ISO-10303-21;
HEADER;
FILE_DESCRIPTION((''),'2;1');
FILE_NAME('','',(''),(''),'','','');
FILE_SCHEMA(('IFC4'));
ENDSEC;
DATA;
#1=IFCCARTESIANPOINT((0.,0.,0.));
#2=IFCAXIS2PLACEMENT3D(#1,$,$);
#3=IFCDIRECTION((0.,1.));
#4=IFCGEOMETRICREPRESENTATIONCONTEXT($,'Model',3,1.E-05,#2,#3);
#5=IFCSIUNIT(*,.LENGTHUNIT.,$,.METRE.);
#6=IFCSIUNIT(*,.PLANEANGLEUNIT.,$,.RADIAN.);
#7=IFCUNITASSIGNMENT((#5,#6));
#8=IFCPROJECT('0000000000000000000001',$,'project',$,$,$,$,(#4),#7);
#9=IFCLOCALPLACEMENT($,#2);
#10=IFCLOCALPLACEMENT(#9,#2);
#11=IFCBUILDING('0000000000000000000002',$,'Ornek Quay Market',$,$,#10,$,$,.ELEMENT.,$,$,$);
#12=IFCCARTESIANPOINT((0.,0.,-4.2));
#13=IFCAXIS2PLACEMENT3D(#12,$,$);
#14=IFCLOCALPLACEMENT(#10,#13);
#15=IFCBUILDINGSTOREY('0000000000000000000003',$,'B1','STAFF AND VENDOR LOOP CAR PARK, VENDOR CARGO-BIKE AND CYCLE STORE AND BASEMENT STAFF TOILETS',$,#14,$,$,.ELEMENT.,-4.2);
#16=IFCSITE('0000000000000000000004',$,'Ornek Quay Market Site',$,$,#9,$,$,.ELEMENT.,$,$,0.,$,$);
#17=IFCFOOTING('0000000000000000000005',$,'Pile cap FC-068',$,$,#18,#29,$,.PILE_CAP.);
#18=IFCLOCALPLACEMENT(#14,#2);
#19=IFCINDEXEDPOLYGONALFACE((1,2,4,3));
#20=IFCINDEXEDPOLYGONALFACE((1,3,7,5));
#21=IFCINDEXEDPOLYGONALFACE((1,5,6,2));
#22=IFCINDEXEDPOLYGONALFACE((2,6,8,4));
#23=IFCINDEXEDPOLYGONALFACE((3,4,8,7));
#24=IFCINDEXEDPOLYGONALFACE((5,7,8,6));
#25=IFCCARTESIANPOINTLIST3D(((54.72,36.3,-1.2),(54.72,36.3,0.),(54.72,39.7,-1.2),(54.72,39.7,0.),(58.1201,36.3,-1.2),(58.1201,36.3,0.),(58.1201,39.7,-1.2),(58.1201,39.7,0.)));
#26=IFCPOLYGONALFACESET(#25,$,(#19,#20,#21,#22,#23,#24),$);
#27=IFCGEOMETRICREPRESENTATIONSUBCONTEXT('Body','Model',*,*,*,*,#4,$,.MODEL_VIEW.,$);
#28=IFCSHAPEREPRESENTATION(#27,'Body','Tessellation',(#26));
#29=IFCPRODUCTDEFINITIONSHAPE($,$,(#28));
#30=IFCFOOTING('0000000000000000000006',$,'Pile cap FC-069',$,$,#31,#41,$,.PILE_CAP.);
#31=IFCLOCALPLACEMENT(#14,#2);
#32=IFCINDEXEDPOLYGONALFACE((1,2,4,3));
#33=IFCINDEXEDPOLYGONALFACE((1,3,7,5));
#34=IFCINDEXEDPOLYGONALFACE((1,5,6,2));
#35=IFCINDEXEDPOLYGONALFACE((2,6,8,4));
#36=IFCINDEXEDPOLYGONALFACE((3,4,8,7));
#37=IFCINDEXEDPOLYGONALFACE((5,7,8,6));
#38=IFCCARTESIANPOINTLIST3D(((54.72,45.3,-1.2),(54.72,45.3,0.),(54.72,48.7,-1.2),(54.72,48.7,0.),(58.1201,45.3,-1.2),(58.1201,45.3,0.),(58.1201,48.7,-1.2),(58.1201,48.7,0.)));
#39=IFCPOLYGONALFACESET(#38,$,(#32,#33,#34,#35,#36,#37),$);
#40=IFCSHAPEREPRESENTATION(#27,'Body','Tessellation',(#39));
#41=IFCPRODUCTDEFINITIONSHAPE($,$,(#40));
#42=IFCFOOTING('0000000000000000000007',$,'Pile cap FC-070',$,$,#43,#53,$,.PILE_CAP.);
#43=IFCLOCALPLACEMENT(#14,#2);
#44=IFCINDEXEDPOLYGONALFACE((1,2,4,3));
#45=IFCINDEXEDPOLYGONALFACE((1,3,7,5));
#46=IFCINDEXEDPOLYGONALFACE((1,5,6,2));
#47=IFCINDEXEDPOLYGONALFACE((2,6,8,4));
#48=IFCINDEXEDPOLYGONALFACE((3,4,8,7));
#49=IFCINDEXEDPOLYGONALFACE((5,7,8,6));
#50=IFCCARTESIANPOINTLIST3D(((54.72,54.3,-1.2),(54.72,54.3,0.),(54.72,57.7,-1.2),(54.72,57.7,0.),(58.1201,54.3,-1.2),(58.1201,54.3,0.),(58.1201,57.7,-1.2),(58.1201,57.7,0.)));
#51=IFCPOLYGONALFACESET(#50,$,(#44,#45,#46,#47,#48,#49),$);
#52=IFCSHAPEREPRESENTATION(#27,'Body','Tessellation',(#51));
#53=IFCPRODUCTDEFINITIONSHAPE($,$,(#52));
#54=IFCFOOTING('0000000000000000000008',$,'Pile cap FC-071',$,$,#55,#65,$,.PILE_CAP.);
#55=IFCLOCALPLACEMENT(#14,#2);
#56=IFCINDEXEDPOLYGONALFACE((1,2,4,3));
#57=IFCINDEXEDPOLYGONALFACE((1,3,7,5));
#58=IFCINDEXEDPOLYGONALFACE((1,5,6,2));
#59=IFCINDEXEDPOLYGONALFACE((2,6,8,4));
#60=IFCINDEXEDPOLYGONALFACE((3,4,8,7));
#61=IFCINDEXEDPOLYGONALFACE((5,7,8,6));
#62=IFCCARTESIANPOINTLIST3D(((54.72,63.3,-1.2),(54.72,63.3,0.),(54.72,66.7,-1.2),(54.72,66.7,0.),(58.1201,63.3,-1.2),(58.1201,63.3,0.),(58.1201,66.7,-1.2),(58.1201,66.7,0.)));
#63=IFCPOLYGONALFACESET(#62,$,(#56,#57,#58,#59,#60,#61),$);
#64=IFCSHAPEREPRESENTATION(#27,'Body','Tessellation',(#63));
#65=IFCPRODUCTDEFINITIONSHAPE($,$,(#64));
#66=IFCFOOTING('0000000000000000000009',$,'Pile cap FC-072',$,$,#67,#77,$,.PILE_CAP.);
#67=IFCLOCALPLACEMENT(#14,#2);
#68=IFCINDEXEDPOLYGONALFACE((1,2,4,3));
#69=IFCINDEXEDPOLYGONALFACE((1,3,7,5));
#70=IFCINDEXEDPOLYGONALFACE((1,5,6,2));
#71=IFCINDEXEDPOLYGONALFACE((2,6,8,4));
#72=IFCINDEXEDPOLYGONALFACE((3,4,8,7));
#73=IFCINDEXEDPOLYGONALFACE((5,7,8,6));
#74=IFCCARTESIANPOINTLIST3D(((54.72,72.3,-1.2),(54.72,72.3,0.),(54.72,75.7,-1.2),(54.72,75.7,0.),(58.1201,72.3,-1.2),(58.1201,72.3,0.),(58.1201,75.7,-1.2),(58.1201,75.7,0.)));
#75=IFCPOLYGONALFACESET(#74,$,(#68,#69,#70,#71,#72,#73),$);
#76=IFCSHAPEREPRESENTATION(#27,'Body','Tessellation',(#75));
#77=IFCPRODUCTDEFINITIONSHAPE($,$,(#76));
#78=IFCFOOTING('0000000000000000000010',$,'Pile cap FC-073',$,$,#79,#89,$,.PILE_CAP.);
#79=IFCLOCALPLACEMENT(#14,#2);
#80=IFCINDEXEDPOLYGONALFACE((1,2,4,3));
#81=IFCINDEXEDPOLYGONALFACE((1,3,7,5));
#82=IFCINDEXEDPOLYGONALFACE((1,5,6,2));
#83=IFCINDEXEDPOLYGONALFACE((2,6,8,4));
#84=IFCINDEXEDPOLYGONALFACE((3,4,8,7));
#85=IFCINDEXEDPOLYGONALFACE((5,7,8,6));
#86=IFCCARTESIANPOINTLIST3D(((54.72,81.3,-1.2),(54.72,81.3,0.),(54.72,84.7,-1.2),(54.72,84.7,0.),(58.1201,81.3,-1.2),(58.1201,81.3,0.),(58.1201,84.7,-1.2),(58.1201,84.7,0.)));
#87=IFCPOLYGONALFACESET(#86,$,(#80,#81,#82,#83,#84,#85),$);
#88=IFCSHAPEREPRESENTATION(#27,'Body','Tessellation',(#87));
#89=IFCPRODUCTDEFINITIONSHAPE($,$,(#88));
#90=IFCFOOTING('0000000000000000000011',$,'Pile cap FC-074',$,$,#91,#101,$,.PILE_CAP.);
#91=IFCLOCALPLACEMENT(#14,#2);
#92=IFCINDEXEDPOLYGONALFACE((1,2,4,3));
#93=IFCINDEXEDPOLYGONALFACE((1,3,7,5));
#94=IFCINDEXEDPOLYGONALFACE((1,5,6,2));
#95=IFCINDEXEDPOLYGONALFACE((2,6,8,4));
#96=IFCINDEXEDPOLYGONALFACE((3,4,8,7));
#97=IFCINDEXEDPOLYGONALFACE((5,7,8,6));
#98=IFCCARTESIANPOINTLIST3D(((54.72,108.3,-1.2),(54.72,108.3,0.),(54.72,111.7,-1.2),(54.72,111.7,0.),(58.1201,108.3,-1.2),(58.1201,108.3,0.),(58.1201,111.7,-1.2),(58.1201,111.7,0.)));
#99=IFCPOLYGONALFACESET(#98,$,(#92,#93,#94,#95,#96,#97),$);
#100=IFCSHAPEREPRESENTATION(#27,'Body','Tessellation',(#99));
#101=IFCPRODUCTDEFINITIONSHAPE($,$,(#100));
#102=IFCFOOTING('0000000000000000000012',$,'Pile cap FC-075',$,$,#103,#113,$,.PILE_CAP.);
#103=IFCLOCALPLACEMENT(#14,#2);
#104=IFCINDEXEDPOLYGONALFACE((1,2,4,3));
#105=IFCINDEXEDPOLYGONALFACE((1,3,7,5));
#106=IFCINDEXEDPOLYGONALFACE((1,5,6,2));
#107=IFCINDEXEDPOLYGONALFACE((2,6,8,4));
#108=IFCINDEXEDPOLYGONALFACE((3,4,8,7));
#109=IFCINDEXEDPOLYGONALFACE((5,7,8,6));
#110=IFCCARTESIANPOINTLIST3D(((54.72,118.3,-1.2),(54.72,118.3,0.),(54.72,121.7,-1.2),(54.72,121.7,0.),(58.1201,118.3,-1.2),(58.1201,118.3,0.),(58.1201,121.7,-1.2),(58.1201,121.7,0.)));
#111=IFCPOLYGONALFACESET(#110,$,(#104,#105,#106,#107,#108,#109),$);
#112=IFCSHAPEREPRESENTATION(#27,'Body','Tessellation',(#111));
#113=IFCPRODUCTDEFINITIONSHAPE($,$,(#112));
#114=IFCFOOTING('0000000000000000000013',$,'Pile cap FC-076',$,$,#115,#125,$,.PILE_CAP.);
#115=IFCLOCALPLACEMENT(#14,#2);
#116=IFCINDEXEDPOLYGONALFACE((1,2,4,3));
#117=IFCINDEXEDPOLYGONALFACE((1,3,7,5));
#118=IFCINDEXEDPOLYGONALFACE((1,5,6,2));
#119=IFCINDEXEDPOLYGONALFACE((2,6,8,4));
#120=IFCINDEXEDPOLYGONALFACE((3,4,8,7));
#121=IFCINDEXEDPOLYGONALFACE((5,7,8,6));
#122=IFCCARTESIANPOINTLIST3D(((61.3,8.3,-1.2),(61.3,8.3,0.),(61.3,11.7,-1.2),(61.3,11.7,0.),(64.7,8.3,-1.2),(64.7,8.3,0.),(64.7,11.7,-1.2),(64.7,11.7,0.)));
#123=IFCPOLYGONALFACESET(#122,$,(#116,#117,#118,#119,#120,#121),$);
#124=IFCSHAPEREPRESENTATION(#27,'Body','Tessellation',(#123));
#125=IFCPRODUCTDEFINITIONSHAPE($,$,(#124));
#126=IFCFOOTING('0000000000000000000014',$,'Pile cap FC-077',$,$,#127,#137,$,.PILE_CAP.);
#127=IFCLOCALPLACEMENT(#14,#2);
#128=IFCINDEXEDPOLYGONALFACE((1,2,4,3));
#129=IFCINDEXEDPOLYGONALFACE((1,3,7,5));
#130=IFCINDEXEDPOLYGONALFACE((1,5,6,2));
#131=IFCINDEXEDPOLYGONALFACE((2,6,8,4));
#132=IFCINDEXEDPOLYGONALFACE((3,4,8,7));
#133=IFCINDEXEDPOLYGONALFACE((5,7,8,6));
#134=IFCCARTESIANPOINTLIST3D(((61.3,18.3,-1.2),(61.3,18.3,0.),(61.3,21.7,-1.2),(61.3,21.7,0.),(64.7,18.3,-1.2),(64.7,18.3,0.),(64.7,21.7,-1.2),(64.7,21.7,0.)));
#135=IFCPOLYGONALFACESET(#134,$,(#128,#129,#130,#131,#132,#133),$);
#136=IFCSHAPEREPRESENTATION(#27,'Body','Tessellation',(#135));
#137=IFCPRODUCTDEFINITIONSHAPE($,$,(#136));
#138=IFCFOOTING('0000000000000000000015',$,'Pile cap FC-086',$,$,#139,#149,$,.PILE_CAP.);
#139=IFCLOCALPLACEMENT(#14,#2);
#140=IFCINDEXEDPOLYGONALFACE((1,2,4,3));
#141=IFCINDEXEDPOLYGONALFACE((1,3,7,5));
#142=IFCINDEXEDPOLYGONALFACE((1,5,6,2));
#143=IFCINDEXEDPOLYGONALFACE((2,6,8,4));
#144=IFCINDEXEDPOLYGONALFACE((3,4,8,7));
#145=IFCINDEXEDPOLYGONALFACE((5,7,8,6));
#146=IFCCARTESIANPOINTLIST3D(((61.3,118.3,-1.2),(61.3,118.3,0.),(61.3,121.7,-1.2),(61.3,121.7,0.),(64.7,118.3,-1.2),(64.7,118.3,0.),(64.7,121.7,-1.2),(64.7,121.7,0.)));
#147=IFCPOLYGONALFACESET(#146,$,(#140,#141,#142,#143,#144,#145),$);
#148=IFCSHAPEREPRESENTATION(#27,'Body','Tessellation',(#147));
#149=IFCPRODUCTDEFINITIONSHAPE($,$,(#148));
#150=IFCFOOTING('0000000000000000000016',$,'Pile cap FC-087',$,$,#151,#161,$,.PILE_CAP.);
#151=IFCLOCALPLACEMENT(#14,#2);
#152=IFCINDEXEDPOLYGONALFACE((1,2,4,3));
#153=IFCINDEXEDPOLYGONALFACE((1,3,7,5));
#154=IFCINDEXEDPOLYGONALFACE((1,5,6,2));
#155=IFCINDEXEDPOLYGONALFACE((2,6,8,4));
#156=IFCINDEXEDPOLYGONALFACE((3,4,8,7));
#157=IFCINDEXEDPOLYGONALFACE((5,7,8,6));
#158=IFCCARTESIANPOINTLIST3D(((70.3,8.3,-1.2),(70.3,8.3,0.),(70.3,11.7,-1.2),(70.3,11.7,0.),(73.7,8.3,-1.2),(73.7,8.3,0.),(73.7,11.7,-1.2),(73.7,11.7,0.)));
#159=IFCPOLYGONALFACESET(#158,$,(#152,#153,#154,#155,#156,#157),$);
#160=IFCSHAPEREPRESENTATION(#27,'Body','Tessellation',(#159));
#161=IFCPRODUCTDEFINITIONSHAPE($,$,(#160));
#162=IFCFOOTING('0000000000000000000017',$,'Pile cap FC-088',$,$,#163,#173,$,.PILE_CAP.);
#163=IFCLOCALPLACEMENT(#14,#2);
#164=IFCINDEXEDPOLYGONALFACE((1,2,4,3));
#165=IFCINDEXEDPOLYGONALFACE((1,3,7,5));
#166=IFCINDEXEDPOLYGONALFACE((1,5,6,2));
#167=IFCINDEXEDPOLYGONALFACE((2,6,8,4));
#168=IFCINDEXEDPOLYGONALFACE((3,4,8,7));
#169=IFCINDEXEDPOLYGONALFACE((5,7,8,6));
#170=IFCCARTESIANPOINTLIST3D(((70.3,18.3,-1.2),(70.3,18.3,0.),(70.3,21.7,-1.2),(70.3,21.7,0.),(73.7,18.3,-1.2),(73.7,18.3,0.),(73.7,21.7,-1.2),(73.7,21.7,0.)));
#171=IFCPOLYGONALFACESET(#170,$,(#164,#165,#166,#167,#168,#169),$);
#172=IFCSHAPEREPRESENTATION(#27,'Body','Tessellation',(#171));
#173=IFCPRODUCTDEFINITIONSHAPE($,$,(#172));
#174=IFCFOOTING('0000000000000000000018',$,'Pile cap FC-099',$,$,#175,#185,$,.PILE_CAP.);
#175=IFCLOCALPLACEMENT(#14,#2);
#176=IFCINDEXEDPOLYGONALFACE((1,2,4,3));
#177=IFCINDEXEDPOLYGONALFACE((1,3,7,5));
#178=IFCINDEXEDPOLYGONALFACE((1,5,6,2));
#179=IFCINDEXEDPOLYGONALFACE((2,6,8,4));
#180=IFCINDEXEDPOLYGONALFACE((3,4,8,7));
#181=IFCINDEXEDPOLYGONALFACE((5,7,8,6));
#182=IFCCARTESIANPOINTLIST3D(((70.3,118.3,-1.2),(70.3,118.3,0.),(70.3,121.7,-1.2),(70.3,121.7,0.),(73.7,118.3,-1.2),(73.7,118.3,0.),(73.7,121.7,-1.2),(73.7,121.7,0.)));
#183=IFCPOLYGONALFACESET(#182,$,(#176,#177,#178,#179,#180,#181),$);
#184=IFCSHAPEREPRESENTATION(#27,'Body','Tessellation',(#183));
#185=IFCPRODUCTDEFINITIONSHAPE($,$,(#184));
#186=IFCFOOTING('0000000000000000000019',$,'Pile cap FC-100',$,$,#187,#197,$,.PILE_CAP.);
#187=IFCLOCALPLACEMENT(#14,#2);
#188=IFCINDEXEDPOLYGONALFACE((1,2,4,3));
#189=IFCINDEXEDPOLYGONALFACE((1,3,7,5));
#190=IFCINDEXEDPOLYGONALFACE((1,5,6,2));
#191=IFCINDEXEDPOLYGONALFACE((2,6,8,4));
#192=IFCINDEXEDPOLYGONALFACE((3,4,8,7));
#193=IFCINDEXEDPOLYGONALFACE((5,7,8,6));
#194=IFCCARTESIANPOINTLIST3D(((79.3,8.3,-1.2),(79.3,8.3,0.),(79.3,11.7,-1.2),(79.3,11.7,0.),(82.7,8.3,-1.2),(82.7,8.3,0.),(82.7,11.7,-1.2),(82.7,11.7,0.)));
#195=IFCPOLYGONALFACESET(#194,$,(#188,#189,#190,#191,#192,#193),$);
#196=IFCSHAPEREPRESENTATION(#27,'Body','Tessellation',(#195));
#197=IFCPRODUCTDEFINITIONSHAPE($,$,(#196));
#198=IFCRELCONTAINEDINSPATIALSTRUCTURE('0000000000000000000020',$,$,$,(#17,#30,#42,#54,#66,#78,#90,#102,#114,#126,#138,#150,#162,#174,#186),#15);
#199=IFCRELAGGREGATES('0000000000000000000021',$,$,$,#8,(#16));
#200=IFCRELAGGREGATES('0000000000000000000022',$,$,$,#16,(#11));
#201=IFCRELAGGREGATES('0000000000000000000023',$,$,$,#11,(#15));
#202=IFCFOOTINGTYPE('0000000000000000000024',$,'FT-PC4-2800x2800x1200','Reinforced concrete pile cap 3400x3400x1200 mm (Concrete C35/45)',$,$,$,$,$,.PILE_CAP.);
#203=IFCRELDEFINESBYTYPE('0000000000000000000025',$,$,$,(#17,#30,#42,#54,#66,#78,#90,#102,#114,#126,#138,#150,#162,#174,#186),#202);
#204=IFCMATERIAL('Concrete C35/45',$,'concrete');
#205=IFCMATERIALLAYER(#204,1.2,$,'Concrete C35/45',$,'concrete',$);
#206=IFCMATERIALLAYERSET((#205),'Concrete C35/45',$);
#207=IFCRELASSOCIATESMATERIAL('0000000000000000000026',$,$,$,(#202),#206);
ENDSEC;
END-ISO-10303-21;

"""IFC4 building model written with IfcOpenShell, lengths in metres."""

from ifc_helpers import new_model, si_unit, direction, frame, origin, place, context, subcontext, project, spatial, polyline, outline, extrude, material, layer, layer_set, type_object, element, save


model = new_model("IFC4")

# Units and contexts
model_context = context("Model", 3, precision=1e-05, world=origin(), true_north=direction((0.0, 1.0)))
body_context = subcontext(model_context, "Body", "Model", "MODEL_VIEW")
ifc_project = project(units=[si_unit("LENGTHUNIT", "METRE"), si_unit("PLANEANGLEUNIT", "RADIAN")], contexts=[model_context])

# Site, building, storey
site_placement = place(None, origin())
site = spatial("IfcSite", under=ifc_project, at=site_placement, Name="Ornek Quay Market Site", CompositionType="ELEMENT", RefElevation=0.0)
building_placement = place(site_placement, origin())
building = spatial("IfcBuilding", under=site, at=building_placement, Name="Ornek Quay Market", CompositionType="ELEMENT")
storey_placement = place(building_placement, frame((0.0, 0.0, -4.2)))
storey = spatial("IfcBuildingStorey", under=building, at=storey_placement, Name="B1", Description="STAFF AND VENDOR LOOP CAR PARK, VENDOR CARGO-BIKE AND CYCLE STORE AND BASEMENT STAFF TOILETS", CompositionType="ELEMENT", Elevation=-4.2)

# Footings
ifc_material = material(Name="Concrete C35/45", Category="concrete")
ifc_layer = layer(ifc_material, 1.2, Name="Concrete C35/45", Category="concrete")
ifc_layer_set = layer_set([ifc_layer], Name="Concrete C35/45")
footing_type = type_object("IfcFootingType", Name="FT-PC4-2800x2800x1200", Description="Reinforced concrete pile cap 3400x3400x1200 mm (Concrete C35/45)", PredefinedType="PILE_CAP", material=ifc_layer_set)
footing_1_placement = place(storey_placement, frame((0.0, 0.0, -1.2)))
element("IfcFooting", 1, at=footing_1_placement, inside=storey, type_object=footing_type, Name="Pile cap FC-068", PredefinedType="PILE_CAP", context=body_context, shape_type="SweptSolid", body=[
    extrude(outline(polyline([(54.72, 36.3), (58.1201, 36.3), (58.1201, 39.7), (54.72, 39.7), (54.72, 36.3)])), origin(), (0.0, 0.0, 1.0), 1.2),
])
footing_2_placement = place(storey_placement, frame((0.0, 0.0, -1.2)))
element("IfcFooting", 2, at=footing_2_placement, inside=storey, type_object=footing_type, Name="Pile cap FC-069", PredefinedType="PILE_CAP", context=body_context, shape_type="SweptSolid", body=[
    extrude(outline(polyline([(54.72, 45.3), (58.1201, 45.3), (58.1201, 48.7), (54.72, 48.7), (54.72, 45.3)])), origin(), (0.0, 0.0, 1.0), 1.2),
])
footing_3_placement = place(storey_placement, frame((0.0, 0.0, -1.2)))
element("IfcFooting", 3, at=footing_3_placement, inside=storey, type_object=footing_type, Name="Pile cap FC-070", PredefinedType="PILE_CAP", context=body_context, shape_type="SweptSolid", body=[
    extrude(outline(polyline([(54.72, 54.3), (58.1201, 54.3), (58.1201, 57.7), (54.72, 57.7), (54.72, 54.3)])), origin(), (0.0, 0.0, 1.0), 1.2),
])
footing_4_placement = place(storey_placement, frame((0.0, 0.0, -1.2)))
element("IfcFooting", 4, at=footing_4_placement, inside=storey, type_object=footing_type, Name="Pile cap FC-071", PredefinedType="PILE_CAP", context=body_context, shape_type="SweptSolid", body=[
    extrude(outline(polyline([(54.72, 63.3), (58.1201, 63.3), (58.1201, 66.7), (54.72, 66.7), (54.72, 63.3)])), origin(), (0.0, 0.0, 1.0), 1.2),
])
footing_5_placement = place(storey_placement, frame((0.0, 0.0, -1.2)))
element("IfcFooting", 5, at=footing_5_placement, inside=storey, type_object=footing_type, Name="Pile cap FC-072", PredefinedType="PILE_CAP", context=body_context, shape_type="SweptSolid", body=[
    extrude(outline(polyline([(54.72, 72.3), (58.1201, 72.3), (58.1201, 75.7), (54.72, 75.7), (54.72, 72.3)])), origin(), (0.0, 0.0, 1.0), 1.2),
])
footing_6_placement = place(storey_placement, frame((0.0, 0.0, -1.2)))
element("IfcFooting", 6, at=footing_6_placement, inside=storey, type_object=footing_type, Name="Pile cap FC-073", PredefinedType="PILE_CAP", context=body_context, shape_type="SweptSolid", body=[
    extrude(outline(polyline([(54.72, 81.3), (58.1201, 81.3), (58.1201, 84.7), (54.72, 84.7), (54.72, 81.3)])), origin(), (0.0, 0.0, 1.0), 1.2),
])
footing_7_placement = place(storey_placement, frame((0.0, 0.0, -1.2)))
element("IfcFooting", 7, at=footing_7_placement, inside=storey, type_object=footing_type, Name="Pile cap FC-074", PredefinedType="PILE_CAP", context=body_context, shape_type="SweptSolid", body=[
    extrude(outline(polyline([(54.72, 108.3), (58.1201, 108.3), (58.1201, 111.7), (54.72, 111.7), (54.72, 108.3)])), origin(), (0.0, 0.0, 1.0), 1.2),
])
footing_8_placement = place(storey_placement, frame((0.0, 0.0, -1.2)))
element("IfcFooting", 8, at=footing_8_placement, inside=storey, type_object=footing_type, Name="Pile cap FC-075", PredefinedType="PILE_CAP", context=body_context, shape_type="SweptSolid", body=[
    extrude(outline(polyline([(54.72, 118.3), (58.1201, 118.3), (58.1201, 121.7), (54.72, 121.7), (54.72, 118.3)])), origin(), (0.0, 0.0, 1.0), 1.2),
])
footing_9_placement = place(storey_placement, frame((0.0, 0.0, -1.2)))
element("IfcFooting", 9, at=footing_9_placement, inside=storey, type_object=footing_type, Name="Pile cap FC-076", PredefinedType="PILE_CAP", context=body_context, shape_type="SweptSolid", body=[
    extrude(outline(polyline([(61.3, 8.3), (64.7, 8.3), (64.7, 11.7), (61.3, 11.7), (61.3, 8.3)])), origin(), (0.0, 0.0, 1.0), 1.2),
])
footing_10_placement = place(storey_placement, frame((0.0, 0.0, -1.2)))
element("IfcFooting", 10, at=footing_10_placement, inside=storey, type_object=footing_type, Name="Pile cap FC-077", PredefinedType="PILE_CAP", context=body_context, shape_type="SweptSolid", body=[
    extrude(outline(polyline([(61.3, 18.3), (64.7, 18.3), (64.7, 21.7), (61.3, 21.7), (61.3, 18.3)])), origin(), (0.0, 0.0, 1.0), 1.2),
])
footing_11_placement = place(storey_placement, frame((0.0, 0.0, -1.2)))
element("IfcFooting", 11, at=footing_11_placement, inside=storey, type_object=footing_type, Name="Pile cap FC-086", PredefinedType="PILE_CAP", context=body_context, shape_type="SweptSolid", body=[
    extrude(outline(polyline([(61.3, 118.3), (64.7, 118.3), (64.7, 121.7), (61.3, 121.7), (61.3, 118.3)])), origin(), (0.0, 0.0, 1.0), 1.2),
])
footing_12_placement = place(storey_placement, frame((0.0, 0.0, -1.2)))
element("IfcFooting", 12, at=footing_12_placement, inside=storey, type_object=footing_type, Name="Pile cap FC-087", PredefinedType="PILE_CAP", context=body_context, shape_type="SweptSolid", body=[
    extrude(outline(polyline([(70.3, 8.3), (73.7, 8.3), (73.7, 11.7), (70.3, 11.7), (70.3, 8.3)])), origin(), (0.0, 0.0, 1.0), 1.2),
])
footing_13_placement = place(storey_placement, frame((0.0, 0.0, -1.2)))
element("IfcFooting", 13, at=footing_13_placement, inside=storey, type_object=footing_type, Name="Pile cap FC-088", PredefinedType="PILE_CAP", context=body_context, shape_type="SweptSolid", body=[
    extrude(outline(polyline([(70.3, 18.3), (73.7, 18.3), (73.7, 21.7), (70.3, 21.7), (70.3, 18.3)])), origin(), (0.0, 0.0, 1.0), 1.2),
])
footing_14_placement = place(storey_placement, frame((0.0, 0.0, -1.2)))
element("IfcFooting", 14, at=footing_14_placement, inside=storey, type_object=footing_type, Name="Pile cap FC-099", PredefinedType="PILE_CAP", context=body_context, shape_type="SweptSolid", body=[
    extrude(outline(polyline([(70.3, 118.3), (73.7, 118.3), (73.7, 121.7), (70.3, 121.7), (70.3, 118.3)])), origin(), (0.0, 0.0, 1.0), 1.2),
])
footing_15_placement = place(storey_placement, frame((0.0, 0.0, -1.2)))
element("IfcFooting", 15, at=footing_15_placement, inside=storey, type_object=footing_type, Name="Pile cap FC-100", PredefinedType="PILE_CAP", context=body_context, shape_type="SweptSolid", body=[
    extrude(outline(polyline([(79.3, 8.3), (82.7, 8.3), (82.7, 11.7), (79.3, 11.7), (79.3, 8.3)])), origin(), (0.0, 0.0, 1.0), 1.2),
])

save(model, "model.ifc")
